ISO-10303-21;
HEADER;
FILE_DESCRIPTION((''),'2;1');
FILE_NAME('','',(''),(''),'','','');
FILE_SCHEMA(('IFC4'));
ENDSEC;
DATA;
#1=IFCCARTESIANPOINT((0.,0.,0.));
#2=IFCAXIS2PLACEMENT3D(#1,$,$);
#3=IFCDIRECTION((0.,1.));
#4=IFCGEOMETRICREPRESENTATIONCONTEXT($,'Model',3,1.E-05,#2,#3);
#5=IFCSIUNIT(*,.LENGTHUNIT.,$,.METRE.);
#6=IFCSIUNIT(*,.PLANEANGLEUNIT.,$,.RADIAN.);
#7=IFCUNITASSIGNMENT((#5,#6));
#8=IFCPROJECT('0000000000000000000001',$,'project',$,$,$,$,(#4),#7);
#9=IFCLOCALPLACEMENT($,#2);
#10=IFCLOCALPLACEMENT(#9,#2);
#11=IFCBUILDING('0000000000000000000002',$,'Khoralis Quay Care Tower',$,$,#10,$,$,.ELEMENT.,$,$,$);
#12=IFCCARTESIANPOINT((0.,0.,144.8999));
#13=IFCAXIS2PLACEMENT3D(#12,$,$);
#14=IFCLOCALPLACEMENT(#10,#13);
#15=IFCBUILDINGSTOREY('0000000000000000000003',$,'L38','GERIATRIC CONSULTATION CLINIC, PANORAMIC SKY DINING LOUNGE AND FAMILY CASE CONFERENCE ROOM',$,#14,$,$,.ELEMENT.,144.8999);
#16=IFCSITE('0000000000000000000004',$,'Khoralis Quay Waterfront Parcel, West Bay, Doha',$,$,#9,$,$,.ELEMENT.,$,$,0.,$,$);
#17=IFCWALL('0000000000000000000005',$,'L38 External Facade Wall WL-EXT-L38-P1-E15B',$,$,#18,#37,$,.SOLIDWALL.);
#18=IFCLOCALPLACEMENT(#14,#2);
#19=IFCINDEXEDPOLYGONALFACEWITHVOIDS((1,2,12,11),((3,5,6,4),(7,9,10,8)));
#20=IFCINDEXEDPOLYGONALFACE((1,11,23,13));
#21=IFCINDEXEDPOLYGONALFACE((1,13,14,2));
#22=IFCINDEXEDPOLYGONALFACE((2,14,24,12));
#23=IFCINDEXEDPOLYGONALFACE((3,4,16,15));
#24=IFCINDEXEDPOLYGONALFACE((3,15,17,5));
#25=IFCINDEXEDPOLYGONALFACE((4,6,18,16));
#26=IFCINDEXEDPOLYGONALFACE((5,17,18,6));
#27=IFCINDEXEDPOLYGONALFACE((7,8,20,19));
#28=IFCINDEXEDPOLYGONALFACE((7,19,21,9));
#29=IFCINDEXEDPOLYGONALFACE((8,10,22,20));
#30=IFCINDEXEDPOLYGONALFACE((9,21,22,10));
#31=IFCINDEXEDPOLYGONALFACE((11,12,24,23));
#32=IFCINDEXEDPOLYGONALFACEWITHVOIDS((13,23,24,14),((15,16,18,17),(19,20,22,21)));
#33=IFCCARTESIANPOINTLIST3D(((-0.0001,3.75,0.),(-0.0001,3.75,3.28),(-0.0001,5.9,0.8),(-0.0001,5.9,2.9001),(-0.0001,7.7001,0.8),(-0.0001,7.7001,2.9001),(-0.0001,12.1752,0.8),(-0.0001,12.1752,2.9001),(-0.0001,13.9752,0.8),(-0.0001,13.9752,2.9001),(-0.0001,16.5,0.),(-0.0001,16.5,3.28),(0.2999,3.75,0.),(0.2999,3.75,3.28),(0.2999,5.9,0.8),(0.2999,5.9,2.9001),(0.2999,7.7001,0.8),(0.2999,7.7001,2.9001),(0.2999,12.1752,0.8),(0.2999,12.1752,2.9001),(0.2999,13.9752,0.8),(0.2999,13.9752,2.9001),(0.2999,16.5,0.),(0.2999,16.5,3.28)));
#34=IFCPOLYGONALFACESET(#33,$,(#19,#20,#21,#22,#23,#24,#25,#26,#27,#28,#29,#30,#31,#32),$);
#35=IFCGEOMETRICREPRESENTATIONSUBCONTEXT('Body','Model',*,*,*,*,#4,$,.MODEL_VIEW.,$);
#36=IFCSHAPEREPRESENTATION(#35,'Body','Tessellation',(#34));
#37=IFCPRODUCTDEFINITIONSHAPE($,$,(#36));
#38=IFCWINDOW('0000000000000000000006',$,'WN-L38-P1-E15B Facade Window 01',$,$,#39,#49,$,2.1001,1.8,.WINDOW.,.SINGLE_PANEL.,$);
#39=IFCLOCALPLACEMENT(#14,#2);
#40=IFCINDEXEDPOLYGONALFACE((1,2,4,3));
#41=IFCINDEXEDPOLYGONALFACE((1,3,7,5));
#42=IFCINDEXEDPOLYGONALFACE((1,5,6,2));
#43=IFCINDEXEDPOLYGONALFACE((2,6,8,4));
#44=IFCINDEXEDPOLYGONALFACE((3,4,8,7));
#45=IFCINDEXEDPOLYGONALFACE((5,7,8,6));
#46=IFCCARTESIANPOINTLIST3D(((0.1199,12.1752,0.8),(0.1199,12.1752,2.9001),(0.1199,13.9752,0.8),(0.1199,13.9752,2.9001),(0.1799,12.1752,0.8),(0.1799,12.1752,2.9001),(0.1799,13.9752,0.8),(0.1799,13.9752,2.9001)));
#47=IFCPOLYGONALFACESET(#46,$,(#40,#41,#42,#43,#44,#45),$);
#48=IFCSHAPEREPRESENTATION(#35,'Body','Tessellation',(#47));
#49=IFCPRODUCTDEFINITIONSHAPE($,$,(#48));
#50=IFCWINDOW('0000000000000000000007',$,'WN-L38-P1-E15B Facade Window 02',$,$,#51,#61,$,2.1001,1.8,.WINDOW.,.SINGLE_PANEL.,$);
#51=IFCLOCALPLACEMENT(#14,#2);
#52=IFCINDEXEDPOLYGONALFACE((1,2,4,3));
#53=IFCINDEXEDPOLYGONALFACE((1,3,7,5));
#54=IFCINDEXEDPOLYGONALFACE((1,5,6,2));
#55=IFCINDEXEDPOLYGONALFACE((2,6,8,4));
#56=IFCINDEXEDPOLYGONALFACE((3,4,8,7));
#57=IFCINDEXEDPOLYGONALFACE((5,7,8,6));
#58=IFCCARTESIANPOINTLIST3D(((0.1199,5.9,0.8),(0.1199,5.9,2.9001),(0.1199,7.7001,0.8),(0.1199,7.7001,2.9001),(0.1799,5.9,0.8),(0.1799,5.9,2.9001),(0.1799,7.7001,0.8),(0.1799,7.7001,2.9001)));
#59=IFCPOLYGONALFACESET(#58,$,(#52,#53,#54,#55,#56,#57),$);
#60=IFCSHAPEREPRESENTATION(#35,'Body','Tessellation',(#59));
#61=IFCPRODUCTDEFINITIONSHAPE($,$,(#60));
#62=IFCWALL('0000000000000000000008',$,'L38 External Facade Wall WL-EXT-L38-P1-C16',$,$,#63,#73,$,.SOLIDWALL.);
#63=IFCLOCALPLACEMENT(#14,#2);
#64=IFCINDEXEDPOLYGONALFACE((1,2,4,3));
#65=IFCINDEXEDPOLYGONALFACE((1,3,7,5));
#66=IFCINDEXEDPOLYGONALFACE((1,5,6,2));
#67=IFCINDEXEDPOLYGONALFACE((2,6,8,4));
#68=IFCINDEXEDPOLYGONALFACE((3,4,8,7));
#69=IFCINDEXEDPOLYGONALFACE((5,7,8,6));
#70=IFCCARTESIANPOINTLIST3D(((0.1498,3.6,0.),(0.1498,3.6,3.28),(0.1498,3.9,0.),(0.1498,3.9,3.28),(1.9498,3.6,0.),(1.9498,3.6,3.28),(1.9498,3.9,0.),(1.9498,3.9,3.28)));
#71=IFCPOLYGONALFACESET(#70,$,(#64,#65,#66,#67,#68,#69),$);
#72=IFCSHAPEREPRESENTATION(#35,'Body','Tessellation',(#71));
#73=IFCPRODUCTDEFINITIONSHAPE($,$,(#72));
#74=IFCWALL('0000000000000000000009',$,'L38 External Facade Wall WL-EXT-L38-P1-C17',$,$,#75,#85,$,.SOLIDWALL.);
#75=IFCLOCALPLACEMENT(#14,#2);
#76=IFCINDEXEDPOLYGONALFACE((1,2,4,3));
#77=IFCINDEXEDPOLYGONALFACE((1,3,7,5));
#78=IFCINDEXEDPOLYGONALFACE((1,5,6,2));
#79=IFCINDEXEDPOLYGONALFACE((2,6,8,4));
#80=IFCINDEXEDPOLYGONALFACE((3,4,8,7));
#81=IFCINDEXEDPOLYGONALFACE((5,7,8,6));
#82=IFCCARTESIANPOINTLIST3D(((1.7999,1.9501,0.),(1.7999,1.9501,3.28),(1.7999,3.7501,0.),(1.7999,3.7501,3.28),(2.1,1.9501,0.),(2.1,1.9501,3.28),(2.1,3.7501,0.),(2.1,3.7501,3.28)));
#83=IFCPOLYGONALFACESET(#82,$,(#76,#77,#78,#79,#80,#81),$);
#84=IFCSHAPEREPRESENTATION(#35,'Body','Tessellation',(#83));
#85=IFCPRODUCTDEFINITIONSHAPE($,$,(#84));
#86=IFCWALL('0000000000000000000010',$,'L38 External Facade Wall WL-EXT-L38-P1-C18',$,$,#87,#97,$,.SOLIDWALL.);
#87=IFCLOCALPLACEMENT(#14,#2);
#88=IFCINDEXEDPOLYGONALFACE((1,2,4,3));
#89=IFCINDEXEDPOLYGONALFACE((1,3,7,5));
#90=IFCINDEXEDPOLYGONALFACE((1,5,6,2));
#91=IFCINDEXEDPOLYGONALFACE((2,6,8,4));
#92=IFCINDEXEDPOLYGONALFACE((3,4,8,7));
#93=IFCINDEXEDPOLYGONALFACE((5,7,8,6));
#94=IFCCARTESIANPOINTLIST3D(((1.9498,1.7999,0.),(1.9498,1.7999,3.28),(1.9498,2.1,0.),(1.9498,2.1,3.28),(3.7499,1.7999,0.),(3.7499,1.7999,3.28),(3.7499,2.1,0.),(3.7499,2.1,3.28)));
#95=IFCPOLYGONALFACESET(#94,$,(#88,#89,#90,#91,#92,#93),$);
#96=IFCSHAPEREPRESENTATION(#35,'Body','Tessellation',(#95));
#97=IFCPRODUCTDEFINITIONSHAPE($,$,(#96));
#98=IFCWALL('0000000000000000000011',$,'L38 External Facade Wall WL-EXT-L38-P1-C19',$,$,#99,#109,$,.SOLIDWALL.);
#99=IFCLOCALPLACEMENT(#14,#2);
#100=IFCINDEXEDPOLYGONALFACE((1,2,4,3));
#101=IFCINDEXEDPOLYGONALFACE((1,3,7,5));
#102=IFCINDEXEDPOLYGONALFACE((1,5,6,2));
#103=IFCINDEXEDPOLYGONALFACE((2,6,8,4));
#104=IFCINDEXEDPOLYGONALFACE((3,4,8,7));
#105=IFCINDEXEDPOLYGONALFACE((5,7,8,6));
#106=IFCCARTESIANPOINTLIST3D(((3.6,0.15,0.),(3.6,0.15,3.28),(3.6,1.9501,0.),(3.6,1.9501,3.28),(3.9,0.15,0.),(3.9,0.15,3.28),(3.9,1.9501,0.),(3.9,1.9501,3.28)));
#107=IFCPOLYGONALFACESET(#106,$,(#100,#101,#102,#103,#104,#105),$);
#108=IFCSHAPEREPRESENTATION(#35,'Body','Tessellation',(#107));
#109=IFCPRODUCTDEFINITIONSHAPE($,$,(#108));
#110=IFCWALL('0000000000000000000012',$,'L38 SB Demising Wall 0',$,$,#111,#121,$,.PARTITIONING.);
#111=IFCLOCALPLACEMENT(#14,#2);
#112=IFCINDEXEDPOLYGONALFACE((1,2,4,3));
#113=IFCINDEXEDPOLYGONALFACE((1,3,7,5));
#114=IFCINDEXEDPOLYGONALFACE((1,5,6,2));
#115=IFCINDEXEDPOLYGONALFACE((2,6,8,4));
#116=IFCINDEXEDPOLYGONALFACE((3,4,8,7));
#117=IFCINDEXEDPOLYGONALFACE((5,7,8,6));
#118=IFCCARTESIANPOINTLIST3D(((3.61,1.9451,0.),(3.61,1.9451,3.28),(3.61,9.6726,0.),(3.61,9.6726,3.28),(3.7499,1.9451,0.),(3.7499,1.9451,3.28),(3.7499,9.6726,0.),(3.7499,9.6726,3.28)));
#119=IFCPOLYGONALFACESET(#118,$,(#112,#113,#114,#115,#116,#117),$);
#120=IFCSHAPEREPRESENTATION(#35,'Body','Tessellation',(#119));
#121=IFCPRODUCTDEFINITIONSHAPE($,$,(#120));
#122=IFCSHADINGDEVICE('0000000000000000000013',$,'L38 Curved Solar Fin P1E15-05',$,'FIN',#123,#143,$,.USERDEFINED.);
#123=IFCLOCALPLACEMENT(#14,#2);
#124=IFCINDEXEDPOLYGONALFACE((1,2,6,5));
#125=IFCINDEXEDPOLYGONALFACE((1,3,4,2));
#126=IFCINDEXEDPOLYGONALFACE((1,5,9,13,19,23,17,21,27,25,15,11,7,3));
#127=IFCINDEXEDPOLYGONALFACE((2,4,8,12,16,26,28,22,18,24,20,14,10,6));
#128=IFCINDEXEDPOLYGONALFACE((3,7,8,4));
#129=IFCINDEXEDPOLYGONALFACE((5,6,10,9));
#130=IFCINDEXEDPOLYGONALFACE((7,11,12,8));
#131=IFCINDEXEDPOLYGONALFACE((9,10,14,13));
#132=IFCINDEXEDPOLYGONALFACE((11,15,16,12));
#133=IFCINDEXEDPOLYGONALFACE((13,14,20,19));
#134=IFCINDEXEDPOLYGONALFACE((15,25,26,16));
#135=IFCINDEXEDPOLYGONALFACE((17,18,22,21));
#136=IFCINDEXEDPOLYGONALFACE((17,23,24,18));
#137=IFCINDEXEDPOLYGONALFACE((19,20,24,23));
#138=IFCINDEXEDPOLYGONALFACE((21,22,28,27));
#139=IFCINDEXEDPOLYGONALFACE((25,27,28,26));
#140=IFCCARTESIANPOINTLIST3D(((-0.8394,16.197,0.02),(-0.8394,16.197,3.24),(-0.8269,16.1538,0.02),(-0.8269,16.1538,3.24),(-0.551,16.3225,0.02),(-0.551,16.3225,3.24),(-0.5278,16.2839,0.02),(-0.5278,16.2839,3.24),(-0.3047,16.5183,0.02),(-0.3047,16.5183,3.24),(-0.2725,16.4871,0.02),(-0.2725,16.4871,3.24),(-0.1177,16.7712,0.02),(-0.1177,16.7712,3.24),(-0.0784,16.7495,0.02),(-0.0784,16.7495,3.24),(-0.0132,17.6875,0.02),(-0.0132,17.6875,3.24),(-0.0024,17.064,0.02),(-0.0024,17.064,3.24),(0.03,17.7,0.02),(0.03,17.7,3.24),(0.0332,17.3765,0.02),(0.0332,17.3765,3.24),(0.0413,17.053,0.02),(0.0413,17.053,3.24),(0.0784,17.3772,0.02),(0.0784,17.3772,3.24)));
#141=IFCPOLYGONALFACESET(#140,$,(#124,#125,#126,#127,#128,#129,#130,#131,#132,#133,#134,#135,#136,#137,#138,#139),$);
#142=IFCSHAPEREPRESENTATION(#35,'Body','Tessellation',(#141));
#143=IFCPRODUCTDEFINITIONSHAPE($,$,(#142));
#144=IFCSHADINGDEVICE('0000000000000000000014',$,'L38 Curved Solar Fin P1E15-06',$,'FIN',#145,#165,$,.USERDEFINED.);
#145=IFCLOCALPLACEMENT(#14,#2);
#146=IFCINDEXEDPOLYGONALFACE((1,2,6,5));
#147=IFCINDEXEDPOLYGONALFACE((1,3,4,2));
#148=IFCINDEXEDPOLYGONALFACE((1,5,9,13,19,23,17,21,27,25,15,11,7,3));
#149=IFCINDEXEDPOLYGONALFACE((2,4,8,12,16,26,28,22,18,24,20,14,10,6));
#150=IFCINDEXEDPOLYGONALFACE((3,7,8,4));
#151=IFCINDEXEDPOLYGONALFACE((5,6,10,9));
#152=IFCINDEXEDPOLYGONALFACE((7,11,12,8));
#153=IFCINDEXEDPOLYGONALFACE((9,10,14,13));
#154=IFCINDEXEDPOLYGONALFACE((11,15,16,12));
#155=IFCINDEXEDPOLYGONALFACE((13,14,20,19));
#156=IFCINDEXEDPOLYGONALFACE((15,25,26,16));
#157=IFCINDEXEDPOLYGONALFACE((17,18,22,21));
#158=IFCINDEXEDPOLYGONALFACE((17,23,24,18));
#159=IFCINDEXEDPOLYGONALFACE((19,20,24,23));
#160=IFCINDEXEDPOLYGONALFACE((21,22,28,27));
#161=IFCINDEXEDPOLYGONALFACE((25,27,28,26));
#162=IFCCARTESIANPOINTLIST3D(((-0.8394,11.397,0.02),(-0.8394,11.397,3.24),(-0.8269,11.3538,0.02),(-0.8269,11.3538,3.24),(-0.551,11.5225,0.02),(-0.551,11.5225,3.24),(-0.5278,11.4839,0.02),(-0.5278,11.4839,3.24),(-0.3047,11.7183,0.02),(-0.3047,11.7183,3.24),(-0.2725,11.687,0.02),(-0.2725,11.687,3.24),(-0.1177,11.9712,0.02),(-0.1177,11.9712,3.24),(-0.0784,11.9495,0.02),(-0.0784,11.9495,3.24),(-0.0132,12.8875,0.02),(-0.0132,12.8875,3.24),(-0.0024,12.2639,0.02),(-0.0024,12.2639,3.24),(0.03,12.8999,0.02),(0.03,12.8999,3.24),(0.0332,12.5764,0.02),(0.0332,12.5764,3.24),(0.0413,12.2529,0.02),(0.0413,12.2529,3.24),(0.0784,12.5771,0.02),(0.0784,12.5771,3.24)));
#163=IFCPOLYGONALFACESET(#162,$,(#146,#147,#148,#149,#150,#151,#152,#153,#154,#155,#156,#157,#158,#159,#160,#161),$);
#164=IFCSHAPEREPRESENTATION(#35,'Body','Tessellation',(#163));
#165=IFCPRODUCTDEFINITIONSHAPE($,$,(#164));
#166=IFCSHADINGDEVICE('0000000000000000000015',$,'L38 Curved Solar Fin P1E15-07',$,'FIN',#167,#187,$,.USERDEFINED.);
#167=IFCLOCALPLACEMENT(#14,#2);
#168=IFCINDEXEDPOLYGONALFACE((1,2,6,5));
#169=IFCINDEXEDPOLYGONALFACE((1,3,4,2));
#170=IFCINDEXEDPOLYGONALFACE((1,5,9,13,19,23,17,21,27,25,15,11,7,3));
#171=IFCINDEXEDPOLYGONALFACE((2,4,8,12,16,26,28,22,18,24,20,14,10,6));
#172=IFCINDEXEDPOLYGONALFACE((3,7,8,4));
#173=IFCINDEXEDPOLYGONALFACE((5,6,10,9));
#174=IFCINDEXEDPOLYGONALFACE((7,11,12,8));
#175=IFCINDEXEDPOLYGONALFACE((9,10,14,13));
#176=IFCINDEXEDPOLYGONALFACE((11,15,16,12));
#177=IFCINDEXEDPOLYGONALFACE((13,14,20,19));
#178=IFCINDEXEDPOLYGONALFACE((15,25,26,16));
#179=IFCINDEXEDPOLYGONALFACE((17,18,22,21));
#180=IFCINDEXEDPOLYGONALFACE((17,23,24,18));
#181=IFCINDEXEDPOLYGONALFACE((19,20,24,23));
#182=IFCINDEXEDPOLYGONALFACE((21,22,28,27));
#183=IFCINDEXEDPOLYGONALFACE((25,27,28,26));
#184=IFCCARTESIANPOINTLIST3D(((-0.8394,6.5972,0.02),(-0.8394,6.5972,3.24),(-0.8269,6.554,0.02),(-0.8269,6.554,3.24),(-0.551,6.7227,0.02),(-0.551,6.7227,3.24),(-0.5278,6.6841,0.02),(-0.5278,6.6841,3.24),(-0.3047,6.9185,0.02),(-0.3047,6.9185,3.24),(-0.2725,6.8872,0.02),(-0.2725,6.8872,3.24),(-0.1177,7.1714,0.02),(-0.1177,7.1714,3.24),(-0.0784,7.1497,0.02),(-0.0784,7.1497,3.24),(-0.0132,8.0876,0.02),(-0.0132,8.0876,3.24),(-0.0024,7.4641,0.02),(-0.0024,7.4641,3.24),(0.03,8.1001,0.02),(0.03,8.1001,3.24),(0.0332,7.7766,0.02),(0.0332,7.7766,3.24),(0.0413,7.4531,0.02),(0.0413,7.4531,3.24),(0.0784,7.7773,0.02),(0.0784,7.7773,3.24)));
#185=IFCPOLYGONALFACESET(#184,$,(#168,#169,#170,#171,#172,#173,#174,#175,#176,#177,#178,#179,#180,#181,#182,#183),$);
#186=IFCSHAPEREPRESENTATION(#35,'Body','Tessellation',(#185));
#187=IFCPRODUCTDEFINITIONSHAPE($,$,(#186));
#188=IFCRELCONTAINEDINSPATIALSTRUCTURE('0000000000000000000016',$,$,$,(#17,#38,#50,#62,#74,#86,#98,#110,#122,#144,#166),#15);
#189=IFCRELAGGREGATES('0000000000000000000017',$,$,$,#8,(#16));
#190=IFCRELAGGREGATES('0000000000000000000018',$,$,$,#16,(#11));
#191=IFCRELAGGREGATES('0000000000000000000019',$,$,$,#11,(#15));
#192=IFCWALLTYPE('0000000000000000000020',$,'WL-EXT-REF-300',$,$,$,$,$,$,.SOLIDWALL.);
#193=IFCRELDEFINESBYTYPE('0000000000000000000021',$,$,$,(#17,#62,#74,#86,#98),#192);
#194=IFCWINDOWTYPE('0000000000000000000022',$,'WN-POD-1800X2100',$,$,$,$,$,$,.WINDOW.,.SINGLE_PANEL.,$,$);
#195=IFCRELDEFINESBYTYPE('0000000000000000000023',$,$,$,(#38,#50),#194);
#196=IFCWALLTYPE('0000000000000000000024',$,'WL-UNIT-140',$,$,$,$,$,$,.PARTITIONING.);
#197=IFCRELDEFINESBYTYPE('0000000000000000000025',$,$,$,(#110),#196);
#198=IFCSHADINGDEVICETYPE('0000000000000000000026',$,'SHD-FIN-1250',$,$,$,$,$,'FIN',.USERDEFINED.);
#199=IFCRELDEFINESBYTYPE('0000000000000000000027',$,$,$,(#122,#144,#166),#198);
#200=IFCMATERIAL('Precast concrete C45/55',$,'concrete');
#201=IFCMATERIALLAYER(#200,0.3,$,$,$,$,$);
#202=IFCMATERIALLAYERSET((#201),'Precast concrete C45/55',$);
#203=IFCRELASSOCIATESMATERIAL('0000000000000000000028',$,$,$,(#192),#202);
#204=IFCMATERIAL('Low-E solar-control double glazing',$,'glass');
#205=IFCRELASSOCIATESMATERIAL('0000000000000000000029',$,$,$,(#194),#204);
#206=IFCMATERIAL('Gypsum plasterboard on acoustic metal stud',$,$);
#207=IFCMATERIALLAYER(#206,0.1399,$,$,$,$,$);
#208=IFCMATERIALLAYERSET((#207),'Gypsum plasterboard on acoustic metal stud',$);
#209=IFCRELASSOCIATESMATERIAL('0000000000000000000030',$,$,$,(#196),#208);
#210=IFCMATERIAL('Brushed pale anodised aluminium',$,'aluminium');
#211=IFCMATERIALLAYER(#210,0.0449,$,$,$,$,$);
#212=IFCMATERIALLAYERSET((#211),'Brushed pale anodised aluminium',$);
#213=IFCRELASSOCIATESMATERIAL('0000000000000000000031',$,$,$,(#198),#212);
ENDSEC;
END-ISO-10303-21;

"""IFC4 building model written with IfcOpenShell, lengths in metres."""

from ifc_helpers import new_model, si_unit, direction, frame, frame_2d, origin, place, context, subcontext, project, spatial, polyline, rectangle, outline, extrude, source, transform, mapped, material, layer, layer_set, type_object, element, fill, save


model = new_model("IFC4")

# Units and contexts
model_context = context("Model", 3, precision=1e-05, world=origin(), true_north=direction((0.0, 1.0)))
body_context = subcontext(model_context, "Body", "Model", "MODEL_VIEW")
ifc_project = project(units=[si_unit("LENGTHUNIT", "METRE"), si_unit("PLANEANGLEUNIT", "RADIAN")], contexts=[model_context])

# Site, building, storey
site_placement = place(None, origin())
site = spatial("IfcSite", under=ifc_project, at=site_placement, Name="Khoralis Quay Waterfront Parcel, West Bay, Doha", CompositionType="ELEMENT", RefElevation=0.0)
building_placement = place(site_placement, origin())
building = spatial("IfcBuilding", under=site, at=building_placement, Name="Khoralis Quay Care Tower", CompositionType="ELEMENT")
storey_placement = place(building_placement, frame((0.0, 0.0, 144.8999)))
storey = spatial("IfcBuildingStorey", under=building, at=storey_placement, Name="L38", Description="GERIATRIC CONSULTATION CLINIC, PANORAMIC SKY DINING LOUNGE AND FAMILY CASE CONFERENCE ROOM", CompositionType="ELEMENT", Elevation=144.8999)

# Shared definitions
ifc_material_1 = material(Name="Gypsum plasterboard on acoustic metal stud")

# Wall, openings, windows
ifc_material_2 = material(Name="Precast concrete C45/55", Category="concrete")
ifc_layer_1 = layer(ifc_material_2, 0.3)
ifc_layer_set_1 = layer_set([ifc_layer_1], Name="Precast concrete C45/55")
wall_type_1 = type_object("IfcWallType", Name="WL-EXT-REF-300", PredefinedType="SOLIDWALL", material=ifc_layer_set_1)
wall_1_placement = place(storey_placement, frame((0.1499, 16.5, 0.0), z_axis=(0.0, 0.0, 1.0), x_axis=(0.0, -1.0, 0.0)))
wall_1 = element("IfcWall", 1, at=wall_1_placement, inside=storey, type_object=wall_type_1, Name="L38 External Facade Wall WL-EXT-L38-P1-E15B", PredefinedType="SOLIDWALL", context=body_context, shape_type="SweptSolid", body=[
    extrude(rectangle(XDim=12.75, YDim=0.3, at=frame_2d((6.375, 0.0))), origin(), (0.0, 0.0, 1.0), 3.28),
])
opening_1_placement = place(wall_1_placement, frame((2.5249, 0.0, 0.8)))
opening_1 = element("IfcOpeningElement", 2, at=opening_1_placement, cuts=wall_1, PredefinedType="OPENING", context=body_context, shape_type="SweptSolid", body=[
    extrude(rectangle(XDim=1.8, YDim=2.1001, at=frame_2d((0.8999, 1.05))), frame((0.0, 0.1602, 0.0), z_axis=(0.0, -1.0, 0.0), x_axis=(1.0, 0.0, 0.0)), (0.0, 0.0, 1.0), 0.3201),
])
opening_2_placement = place(wall_1_placement, frame((8.8, 0.0, 0.8)))
opening_2 = element("IfcOpeningElement", 3, at=opening_2_placement, cuts=wall_1, PredefinedType="OPENING", context=body_context, shape_type="SweptSolid", body=[
    extrude(rectangle(XDim=1.8, YDim=2.1001, at=frame_2d((0.8999, 1.05))), frame((0.0, 0.1602, 0.0), z_axis=(0.0, -1.0, 0.0), x_axis=(1.0, 0.0, 0.0)), (0.0, 0.0, 1.0), 0.3201),
])
ifc_material_3 = material(Name="Low-E solar-control double glazing", Category="glass")
window_type = type_object("IfcWindowType", Name="WN-POD-1800X2100", PartitioningType="SINGLE_PANEL", PredefinedType="WINDOW", material=ifc_material_3)
shared_shape_1 = source(origin(), body_context, "Body", "SweptSolid", [
    extrude(rectangle(XDim=1.8, YDim=2.1001, at=frame_2d((0.8999, 1.05))), frame((0.0, 0.03, 0.0), z_axis=(0.0, -1.0, 0.0), x_axis=(1.0, 0.0, 0.0)), (0.0, 0.0, 1.0), 0.0601),
])
window_1_placement = place(opening_1_placement, origin())
window_1 = element("IfcWindow", 4, at=window_1_placement, inside=storey, type_object=window_type, Name="WN-L38-P1-E15B Facade Window 01", OverallHeight=2.1001, OverallWidth=1.8, PartitioningType="SINGLE_PANEL", PredefinedType="WINDOW", context=body_context, shape_type="MappedRepresentation", body=[
    mapped(shared_shape_1, transform((0.0, 0.0, 0.0), scale=1.0)),
])
fill(opening_1, window_1)
window_2_placement = place(opening_2_placement, origin())
window_2 = element("IfcWindow", 5, at=window_2_placement, inside=storey, type_object=window_type, Name="WN-L38-P1-E15B Facade Window 02", OverallHeight=2.1001, OverallWidth=1.8, PartitioningType="SINGLE_PANEL", PredefinedType="WINDOW", context=body_context, shape_type="MappedRepresentation", body=[
    mapped(shared_shape_1, transform((0.0, 0.0, 0.0), scale=1.0)),
])
fill(opening_2, window_2)

# Walls
for number, where, z_axis, x_axis, name in (
    (6, (0.1499, 3.75, 0.0), (0.0, 0.0, 1.0), (1.0, 0.0, 0.0), "L38 External Facade Wall WL-EXT-L38-P1-C16"),
    (7, (1.95, 3.75, 0.0), (0.0, 0.0, 1.0), (0.0, -1.0, 0.0), "L38 External Facade Wall WL-EXT-L38-P1-C17"),
    (8, (1.95, 1.95, 0.0), (0.0, 0.0, 1.0), (1.0, 0.0, 0.0), "L38 External Facade Wall WL-EXT-L38-P1-C18"),
    (9, (3.75, 1.95, 0.0), (0.0, 0.0, 1.0), (0.0, -1.0, 0.0), "L38 External Facade Wall WL-EXT-L38-P1-C19"),
):
    element("IfcWall", number, at=place(storey_placement, frame(where, z_axis=z_axis, x_axis=x_axis)), inside=storey, type_object=wall_type_1, Name=name, PredefinedType="SOLIDWALL", context=body_context, shape_type="SweptSolid", body=[
        extrude(rectangle(XDim=1.8, YDim=0.3, at=frame_2d((0.8999, 0.0))), origin(), (0.0, 0.0, 1.0), 3.28),
    ])
ifc_layer_2 = layer(ifc_material_1, 0.1399)
ifc_layer_set_2 = layer_set([ifc_layer_2], Name="Gypsum plasterboard on acoustic metal stud")
wall_type_2 = type_object("IfcWallType", Name="WL-UNIT-140", PredefinedType="PARTITIONING", material=ifc_layer_set_2)
wall_2_placement = place(storey_placement, frame((3.6799, 1.9451, 0.0), z_axis=(0.0, 0.0, 1.0), x_axis=(0.0, 1.0, 0.0)))
element("IfcWall", 10, at=wall_2_placement, inside=storey, type_object=wall_type_2, Name="L38 SB Demising Wall 0", PredefinedType="PARTITIONING", context=body_context, shape_type="SweptSolid", body=[
    extrude(rectangle(XDim=7.7275, YDim=0.1399, at=frame_2d((3.8638, 0.0))), origin(), (0.0, 0.0, 1.0), 3.28),
])

# Shading devices
ifc_material_4 = material(Name="Brushed pale anodised aluminium", Category="aluminium")
ifc_layer_3 = layer(ifc_material_4, 0.0449)
ifc_layer_set_3 = layer_set([ifc_layer_3], Name="Brushed pale anodised aluminium")
shading_device_type = type_object("IfcShadingDeviceType", Name="SHD-FIN-1250", ElementType="FIN", PredefinedType="USERDEFINED", material=ifc_layer_set_3)
shared_shape_2 = source(origin(), body_context, "Body", "SweptSolid", [
    extrude(outline(polyline([(0.0, 0.0), (-0.0483, 0.3228), (-0.0112, 0.647), (0.1084, 0.9504), (0.3025, 1.2129), (0.5579, 1.416), (0.8569, 1.5461), (0.8694, 1.5029), (0.5811, 1.3774), (0.3347, 1.1816), (0.1477, 0.9287), (0.0325, 0.636), (-0.0032, 0.3235), (0.0432, 0.0125), (0.0, 0.0)])), origin(), (0.0, 0.0, 1.0), 3.22),
])
for number, where, z_axis, x_axis, name in (
    (11, (0.03, 17.7, 0.02), (0.0, 0.0, 1.0), (-1.0, 0.0, 0.0), "L38 Curved Solar Fin P1E15-05"),
    (12, (0.03, 12.8999, 0.02), (0.0, 0.0, 1.0), (-1.0, 0.0, 0.0), "L38 Curved Solar Fin P1E15-06"),
    (13, (0.03, 8.1001, 0.02), (0.0, 0.0, 1.0), (-1.0, 0.0, 0.0), "L38 Curved Solar Fin P1E15-07"),
):
    element("IfcShadingDevice", number, at=place(storey_placement, frame(where, z_axis=z_axis, x_axis=x_axis)), inside=storey, type_object=shading_device_type, Name=name, ObjectType="FIN", PredefinedType="USERDEFINED", context=body_context, shape_type="MappedRepresentation", body=[
        mapped(shared_shape_2, transform((0.0, 0.0, 0.0), scale=1.0)),
    ])

save(model, "model.ifc")
